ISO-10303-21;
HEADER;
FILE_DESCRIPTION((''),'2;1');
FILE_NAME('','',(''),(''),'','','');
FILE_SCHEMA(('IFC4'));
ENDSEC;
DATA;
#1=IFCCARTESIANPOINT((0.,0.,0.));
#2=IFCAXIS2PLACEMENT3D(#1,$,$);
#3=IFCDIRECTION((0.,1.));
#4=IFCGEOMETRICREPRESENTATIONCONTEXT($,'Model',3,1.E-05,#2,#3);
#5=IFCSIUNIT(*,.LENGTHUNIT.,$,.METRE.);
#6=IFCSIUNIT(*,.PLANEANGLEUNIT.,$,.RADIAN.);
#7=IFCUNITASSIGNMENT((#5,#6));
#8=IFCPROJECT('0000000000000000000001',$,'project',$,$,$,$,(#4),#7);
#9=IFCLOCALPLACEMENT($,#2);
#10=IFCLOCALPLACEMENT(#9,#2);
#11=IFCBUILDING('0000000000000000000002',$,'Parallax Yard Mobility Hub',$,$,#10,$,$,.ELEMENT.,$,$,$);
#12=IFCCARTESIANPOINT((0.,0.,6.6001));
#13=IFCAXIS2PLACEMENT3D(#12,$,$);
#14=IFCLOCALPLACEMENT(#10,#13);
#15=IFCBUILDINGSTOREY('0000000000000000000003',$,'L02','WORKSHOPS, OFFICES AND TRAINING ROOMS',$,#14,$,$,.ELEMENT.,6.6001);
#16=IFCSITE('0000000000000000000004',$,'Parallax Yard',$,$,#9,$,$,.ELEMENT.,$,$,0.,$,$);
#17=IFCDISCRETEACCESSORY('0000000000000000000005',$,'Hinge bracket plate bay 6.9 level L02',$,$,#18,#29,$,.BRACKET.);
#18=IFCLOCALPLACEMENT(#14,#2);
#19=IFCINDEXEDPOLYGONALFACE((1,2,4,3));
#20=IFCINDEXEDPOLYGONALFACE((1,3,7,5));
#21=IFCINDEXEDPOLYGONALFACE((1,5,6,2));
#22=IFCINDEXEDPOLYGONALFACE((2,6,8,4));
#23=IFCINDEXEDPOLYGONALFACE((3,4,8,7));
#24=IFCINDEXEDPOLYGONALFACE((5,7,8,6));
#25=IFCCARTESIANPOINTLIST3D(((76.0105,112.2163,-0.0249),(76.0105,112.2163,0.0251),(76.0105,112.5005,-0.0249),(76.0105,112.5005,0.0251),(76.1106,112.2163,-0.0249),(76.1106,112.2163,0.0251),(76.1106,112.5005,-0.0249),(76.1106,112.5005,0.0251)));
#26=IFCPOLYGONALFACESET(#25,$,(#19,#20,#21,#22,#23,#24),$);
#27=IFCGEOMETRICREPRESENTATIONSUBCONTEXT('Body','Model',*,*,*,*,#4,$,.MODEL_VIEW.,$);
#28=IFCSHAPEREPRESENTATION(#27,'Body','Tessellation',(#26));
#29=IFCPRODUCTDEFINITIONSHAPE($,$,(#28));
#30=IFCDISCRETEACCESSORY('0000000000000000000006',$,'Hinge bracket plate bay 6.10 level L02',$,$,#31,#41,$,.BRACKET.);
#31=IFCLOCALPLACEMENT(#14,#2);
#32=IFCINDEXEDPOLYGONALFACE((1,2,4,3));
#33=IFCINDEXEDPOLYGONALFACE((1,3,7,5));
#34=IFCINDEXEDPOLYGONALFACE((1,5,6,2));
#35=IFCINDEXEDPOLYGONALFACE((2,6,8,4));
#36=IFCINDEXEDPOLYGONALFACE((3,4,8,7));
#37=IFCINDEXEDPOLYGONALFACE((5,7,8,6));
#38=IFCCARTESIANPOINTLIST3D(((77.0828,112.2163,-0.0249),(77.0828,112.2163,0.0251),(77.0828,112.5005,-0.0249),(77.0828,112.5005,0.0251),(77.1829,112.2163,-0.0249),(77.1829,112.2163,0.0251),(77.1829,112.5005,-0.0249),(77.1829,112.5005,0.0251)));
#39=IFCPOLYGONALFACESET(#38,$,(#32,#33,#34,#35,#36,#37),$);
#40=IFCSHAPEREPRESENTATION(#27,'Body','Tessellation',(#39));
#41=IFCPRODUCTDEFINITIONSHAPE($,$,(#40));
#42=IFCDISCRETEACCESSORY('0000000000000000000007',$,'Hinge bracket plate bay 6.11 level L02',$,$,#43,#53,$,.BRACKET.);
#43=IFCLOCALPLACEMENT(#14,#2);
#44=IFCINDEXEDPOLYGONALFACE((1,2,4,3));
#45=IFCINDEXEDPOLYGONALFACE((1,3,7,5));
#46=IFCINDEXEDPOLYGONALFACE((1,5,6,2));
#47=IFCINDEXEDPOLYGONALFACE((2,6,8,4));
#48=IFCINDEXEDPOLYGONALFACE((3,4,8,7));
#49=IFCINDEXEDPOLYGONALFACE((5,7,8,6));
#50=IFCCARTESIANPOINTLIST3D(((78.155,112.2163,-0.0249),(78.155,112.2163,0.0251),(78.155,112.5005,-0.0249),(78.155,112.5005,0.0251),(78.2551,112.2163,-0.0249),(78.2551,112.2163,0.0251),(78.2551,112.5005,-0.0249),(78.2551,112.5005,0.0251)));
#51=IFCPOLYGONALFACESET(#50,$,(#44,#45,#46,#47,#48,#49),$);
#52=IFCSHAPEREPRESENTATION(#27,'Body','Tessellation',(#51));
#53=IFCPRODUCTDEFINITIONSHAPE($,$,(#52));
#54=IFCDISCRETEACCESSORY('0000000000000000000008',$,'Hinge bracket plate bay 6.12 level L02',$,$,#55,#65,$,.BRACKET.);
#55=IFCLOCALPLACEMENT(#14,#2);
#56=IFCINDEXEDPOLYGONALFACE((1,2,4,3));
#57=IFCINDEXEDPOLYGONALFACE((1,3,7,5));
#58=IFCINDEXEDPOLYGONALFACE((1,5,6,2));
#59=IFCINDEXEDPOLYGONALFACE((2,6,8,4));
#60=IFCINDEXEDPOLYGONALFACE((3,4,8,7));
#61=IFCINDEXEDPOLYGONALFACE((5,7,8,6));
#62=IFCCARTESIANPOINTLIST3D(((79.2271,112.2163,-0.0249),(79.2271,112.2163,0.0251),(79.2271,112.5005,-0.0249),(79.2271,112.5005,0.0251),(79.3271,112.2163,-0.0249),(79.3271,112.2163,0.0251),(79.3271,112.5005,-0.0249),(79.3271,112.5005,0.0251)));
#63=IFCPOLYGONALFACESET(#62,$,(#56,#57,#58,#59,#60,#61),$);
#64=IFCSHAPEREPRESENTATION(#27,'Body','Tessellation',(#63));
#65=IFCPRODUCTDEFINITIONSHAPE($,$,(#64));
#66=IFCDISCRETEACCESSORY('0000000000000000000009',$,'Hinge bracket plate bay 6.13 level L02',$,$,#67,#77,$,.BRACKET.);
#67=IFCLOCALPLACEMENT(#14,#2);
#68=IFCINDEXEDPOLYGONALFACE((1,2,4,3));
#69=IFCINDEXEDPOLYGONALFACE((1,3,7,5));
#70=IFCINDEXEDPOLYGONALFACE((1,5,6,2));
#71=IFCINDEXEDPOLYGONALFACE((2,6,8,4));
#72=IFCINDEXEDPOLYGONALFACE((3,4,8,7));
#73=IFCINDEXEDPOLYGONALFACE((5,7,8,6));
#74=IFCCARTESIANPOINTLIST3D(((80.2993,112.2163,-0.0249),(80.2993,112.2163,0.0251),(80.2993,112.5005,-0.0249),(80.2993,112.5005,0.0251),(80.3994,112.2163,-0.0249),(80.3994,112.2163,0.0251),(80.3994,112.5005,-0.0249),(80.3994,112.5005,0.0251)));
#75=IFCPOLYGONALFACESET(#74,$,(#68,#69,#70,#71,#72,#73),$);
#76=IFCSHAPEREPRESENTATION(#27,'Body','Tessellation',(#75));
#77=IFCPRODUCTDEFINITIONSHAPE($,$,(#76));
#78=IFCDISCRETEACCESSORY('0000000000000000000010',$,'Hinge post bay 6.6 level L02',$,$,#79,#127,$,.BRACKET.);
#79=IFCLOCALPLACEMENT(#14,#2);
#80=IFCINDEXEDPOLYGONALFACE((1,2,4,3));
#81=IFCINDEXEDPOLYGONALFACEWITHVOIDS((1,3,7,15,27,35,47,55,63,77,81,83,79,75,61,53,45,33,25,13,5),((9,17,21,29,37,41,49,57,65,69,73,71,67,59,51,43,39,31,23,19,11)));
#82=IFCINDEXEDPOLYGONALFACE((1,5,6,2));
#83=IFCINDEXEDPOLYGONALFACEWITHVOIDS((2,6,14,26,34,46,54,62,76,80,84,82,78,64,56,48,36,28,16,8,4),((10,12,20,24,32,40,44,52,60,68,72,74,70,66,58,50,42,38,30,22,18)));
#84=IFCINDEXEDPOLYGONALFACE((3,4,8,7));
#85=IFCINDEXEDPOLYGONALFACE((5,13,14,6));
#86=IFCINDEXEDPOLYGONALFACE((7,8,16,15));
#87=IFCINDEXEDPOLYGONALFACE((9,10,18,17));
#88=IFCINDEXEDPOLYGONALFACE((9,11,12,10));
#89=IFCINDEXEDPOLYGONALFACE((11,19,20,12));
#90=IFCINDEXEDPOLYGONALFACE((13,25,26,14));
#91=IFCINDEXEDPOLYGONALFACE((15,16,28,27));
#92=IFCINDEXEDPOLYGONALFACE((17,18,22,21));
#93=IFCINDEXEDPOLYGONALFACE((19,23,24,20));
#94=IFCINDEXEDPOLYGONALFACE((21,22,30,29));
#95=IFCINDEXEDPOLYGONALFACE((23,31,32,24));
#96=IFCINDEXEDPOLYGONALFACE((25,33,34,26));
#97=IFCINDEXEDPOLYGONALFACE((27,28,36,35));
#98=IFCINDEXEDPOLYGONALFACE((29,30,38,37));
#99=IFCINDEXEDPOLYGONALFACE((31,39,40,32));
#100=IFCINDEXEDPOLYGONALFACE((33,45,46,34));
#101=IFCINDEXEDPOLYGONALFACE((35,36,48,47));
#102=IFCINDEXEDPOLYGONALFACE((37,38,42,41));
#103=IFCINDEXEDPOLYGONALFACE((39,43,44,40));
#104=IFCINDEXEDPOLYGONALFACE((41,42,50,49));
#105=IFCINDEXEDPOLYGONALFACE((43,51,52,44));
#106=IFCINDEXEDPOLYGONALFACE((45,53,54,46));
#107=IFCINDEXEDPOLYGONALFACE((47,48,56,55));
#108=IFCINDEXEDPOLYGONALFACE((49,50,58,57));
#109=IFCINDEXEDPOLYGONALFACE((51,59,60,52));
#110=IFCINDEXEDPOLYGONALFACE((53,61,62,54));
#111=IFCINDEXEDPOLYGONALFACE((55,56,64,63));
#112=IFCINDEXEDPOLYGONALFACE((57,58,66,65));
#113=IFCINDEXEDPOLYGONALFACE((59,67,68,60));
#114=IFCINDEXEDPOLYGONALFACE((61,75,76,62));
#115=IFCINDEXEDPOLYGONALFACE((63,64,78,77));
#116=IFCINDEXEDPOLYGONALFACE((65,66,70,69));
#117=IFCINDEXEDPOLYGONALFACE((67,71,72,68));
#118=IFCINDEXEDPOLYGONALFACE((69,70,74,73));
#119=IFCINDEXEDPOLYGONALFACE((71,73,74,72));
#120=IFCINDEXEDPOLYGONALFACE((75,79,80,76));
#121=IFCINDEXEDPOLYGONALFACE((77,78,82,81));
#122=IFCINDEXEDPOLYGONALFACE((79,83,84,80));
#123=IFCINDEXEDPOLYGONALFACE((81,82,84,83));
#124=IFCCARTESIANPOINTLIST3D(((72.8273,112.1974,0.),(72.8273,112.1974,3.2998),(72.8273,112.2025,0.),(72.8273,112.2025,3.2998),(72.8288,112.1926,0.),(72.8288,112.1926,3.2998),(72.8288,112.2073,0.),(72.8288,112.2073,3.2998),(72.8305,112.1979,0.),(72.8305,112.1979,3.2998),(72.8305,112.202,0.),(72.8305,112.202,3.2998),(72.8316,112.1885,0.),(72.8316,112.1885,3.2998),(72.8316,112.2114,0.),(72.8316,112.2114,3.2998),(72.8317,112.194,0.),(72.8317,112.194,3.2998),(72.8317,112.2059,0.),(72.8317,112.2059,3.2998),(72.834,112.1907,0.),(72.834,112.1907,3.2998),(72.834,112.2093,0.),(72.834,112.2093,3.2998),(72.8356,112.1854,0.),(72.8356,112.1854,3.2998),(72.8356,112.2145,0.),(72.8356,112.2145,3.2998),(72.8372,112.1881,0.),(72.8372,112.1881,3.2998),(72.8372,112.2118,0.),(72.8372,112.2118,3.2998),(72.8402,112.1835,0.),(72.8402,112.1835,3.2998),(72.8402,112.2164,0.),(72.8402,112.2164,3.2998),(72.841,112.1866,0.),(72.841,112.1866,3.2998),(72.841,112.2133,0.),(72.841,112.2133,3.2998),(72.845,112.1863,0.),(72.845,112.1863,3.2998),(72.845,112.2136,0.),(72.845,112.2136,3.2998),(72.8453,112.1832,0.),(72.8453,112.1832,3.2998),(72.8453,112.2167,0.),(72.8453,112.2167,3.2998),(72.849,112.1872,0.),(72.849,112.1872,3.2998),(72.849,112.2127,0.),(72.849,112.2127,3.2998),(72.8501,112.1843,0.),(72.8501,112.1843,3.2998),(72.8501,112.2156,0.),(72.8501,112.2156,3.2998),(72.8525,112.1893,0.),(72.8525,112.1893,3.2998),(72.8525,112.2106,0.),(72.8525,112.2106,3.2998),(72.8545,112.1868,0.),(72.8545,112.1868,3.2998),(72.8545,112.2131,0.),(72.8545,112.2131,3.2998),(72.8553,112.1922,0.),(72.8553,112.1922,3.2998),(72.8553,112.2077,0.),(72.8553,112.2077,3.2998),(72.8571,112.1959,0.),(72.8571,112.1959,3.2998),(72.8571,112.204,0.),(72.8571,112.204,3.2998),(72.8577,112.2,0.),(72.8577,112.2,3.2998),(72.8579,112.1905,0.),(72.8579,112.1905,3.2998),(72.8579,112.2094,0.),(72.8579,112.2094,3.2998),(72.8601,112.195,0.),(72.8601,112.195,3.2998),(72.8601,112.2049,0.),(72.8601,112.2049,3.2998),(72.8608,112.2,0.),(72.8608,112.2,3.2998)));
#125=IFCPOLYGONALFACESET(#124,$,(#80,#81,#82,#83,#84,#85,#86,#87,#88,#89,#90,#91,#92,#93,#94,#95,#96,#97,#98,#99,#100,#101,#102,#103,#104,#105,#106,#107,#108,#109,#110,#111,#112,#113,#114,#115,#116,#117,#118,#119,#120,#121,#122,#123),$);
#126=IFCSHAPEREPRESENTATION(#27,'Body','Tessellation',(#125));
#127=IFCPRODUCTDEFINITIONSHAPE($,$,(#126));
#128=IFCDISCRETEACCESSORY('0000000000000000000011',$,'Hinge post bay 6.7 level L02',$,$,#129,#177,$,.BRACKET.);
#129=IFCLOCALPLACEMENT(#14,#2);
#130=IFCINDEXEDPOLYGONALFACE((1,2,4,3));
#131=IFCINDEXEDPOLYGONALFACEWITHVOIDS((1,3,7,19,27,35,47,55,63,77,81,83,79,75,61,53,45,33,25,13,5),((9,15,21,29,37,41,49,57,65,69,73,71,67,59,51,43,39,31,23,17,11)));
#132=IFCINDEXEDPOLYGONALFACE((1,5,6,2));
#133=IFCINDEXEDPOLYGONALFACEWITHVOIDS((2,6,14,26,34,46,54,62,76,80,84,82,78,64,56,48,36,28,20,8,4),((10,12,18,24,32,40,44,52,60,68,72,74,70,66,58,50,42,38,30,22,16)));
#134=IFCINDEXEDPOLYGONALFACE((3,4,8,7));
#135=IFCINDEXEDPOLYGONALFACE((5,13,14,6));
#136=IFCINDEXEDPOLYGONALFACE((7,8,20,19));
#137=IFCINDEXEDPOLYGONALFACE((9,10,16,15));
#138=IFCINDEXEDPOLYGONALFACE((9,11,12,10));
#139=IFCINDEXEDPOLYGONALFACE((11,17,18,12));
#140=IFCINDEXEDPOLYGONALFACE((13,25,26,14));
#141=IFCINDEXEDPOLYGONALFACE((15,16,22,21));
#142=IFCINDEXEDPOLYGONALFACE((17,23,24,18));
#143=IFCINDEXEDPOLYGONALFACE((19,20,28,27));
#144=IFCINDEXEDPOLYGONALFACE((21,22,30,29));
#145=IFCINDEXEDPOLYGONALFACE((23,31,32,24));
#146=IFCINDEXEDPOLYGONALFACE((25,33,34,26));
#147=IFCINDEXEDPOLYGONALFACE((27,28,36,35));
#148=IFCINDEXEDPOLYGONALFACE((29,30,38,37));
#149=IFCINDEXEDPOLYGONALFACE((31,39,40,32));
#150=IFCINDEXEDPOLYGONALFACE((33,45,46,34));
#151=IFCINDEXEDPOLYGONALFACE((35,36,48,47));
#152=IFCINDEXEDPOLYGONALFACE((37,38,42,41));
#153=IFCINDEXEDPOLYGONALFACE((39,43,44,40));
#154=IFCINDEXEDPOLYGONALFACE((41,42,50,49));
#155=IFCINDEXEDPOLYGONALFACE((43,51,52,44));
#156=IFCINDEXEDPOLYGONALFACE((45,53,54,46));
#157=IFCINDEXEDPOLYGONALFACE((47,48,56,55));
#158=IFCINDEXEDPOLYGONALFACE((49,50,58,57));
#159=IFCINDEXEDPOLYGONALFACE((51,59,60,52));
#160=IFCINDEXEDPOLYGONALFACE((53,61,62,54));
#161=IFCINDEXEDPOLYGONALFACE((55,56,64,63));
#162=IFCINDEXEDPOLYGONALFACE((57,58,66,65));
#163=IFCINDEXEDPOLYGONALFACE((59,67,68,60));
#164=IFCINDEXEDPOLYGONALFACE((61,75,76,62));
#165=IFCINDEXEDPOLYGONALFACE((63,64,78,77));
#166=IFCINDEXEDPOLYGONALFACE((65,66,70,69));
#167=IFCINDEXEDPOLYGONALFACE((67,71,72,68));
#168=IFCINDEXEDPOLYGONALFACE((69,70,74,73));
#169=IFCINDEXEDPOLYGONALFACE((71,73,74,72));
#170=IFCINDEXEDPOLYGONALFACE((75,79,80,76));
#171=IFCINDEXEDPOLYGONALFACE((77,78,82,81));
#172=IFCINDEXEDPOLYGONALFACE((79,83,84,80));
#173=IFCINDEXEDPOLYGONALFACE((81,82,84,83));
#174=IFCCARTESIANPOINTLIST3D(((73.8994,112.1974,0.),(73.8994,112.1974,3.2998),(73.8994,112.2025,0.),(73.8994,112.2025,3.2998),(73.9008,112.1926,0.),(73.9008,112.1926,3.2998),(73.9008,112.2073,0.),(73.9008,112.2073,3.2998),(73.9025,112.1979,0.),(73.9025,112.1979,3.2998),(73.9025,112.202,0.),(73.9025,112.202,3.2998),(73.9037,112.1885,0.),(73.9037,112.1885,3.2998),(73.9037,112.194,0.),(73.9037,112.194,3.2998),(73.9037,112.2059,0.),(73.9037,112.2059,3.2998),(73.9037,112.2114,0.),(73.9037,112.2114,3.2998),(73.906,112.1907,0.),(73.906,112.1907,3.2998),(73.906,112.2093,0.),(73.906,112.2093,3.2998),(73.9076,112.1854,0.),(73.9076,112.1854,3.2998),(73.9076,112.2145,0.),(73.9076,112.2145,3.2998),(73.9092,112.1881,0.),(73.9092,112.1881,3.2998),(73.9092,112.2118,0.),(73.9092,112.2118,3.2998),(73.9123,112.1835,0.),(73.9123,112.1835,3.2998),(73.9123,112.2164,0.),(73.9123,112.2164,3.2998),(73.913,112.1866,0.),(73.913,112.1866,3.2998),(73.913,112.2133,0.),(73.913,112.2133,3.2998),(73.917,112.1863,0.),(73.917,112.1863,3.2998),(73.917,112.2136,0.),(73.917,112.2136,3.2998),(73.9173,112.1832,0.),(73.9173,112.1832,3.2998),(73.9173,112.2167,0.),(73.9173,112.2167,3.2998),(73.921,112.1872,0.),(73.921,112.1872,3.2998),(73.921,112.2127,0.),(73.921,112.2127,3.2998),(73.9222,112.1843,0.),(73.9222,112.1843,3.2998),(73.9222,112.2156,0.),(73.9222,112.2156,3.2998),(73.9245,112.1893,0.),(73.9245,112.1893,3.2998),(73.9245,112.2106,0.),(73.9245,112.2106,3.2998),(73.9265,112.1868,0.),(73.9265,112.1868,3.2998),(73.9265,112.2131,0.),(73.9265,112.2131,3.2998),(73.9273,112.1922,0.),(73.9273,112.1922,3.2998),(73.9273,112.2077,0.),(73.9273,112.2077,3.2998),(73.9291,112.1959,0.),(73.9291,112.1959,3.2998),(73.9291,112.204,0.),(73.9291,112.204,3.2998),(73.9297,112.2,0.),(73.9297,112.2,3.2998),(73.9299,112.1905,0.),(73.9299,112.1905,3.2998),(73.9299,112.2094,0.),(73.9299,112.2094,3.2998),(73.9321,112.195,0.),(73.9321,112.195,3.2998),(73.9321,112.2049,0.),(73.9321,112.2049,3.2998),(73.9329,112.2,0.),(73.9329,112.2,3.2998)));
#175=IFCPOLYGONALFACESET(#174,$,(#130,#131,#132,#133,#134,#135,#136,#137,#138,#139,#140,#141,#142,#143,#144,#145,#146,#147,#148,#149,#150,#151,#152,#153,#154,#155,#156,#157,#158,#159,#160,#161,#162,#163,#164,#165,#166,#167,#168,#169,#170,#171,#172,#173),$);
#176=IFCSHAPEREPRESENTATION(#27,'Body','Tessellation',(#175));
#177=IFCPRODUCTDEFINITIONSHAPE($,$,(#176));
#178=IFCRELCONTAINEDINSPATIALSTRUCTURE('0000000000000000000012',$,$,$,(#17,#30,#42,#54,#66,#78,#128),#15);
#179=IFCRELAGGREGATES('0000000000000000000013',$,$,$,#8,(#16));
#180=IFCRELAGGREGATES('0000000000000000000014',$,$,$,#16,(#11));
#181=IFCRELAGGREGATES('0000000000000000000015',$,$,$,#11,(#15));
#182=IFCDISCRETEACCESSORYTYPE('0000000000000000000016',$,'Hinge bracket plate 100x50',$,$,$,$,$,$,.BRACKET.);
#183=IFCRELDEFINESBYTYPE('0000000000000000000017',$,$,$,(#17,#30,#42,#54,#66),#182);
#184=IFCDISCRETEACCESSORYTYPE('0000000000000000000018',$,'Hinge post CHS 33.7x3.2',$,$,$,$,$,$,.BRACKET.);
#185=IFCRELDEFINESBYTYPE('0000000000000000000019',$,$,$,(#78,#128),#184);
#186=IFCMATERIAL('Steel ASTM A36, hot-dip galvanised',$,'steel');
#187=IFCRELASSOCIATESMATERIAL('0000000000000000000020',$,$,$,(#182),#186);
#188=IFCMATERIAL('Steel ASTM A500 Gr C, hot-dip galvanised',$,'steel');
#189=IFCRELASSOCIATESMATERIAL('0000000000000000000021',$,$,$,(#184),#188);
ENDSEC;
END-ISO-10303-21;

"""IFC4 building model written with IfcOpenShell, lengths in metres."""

from ifc_helpers import new_model, si_unit, direction, frame, origin, origin_2d, place, context, subcontext, project, spatial, rectangle, hollow_circle, extrude, material, material_profile, profile_set, type_object, element, save


model = new_model("IFC4")

# Units and contexts
model_context = context("Model", 3, precision=1e-05, world=origin(), true_north=direction((0.0, 1.0)))
body_context = subcontext(model_context, "Body", "Model", "MODEL_VIEW")
ifc_project = project(units=[si_unit("LENGTHUNIT", "METRE"), si_unit("PLANEANGLEUNIT", "RADIAN")], contexts=[model_context])

# Site, building, storey
site_placement = place(None, origin())
site = spatial("IfcSite", under=ifc_project, at=site_placement, Name="Parallax Yard", CompositionType="ELEMENT", RefElevation=0.0)
building_placement = place(site_placement, origin())
building = spatial("IfcBuilding", under=site, at=building_placement, Name="Parallax Yard Mobility Hub", CompositionType="ELEMENT")
storey_placement = place(building_placement, frame((0.0, 0.0, 6.6001)))
storey = spatial("IfcBuildingStorey", under=building, at=storey_placement, Name="L02", Description="WORKSHOPS, OFFICES AND TRAINING ROOMS", CompositionType="ELEMENT", Elevation=6.6001)

# Discrete accessories
ifc_material_1 = material(Name="Steel ASTM A36, hot-dip galvanised", Category="steel")
discrete_accessory_type_1 = type_object("IfcDiscreteAccessoryType", Name="Hinge bracket plate 100x50", PredefinedType="BRACKET", material=ifc_material_1)
for number, where, z_axis, x_axis, name in (
    (1, (76.0605, 112.3584, -0.0249), (0.0, 0.0, 1.0), (0.0, -1.0, 0.0), "Hinge bracket plate bay 6.9 level L02"),
    (2, (77.1328, 112.3584, -0.0249), (0.0, 0.0, 1.0), (0.0, -1.0, 0.0), "Hinge bracket plate bay 6.10 level L02"),
    (3, (78.2051, 112.3584, -0.0249), (0.0, 0.0, 1.0), (0.0, -1.0, 0.0), "Hinge bracket plate bay 6.11 level L02"),
    (4, (79.2771, 112.3584, -0.0249), (0.0, 0.0, 1.0), (0.0, -1.0, 0.0), "Hinge bracket plate bay 6.12 level L02"),
    (5, (80.3494, 112.3584, -0.0249), (0.0, 0.0, 1.0), (0.0, -1.0, 0.0), "Hinge bracket plate bay 6.13 level L02"),
):
    element("IfcDiscreteAccessory", number, at=place(storey_placement, frame(where, z_axis=z_axis, x_axis=x_axis)), inside=storey, type_object=discrete_accessory_type_1, Name=name, PredefinedType="BRACKET", context=body_context, shape_type="SweptSolid", body=[
        extrude(rectangle(XDim=0.2842, YDim=0.1001, at=origin_2d()), origin(), (0.0, 0.0, 1.0), 0.05),
    ])
ifc_material_2 = material(Name="Steel ASTM A500 Gr C, hot-dip galvanised", Category="steel")
ifc_material_profile = material_profile(ifc_material_2, hollow_circle(Radius=0.0168, WallThickness=0.0032, at=origin_2d()), Name="CHS 33.7x3.2")
ifc_profile_set = profile_set([ifc_material_profile], Name="Steel ASTM A500 Gr C, hot-dip galvanised")
discrete_accessory_type_2 = type_object("IfcDiscreteAccessoryType", Name="Hinge post CHS 33.7x3.2", PredefinedType="BRACKET", material=ifc_profile_set)
for number, where, z_axis, x_axis, name in (
    (6, (72.844, 112.2, 0.0), (0.0, 0.0, 1.0), (1.0, 0.0, 0.0), "Hinge post bay 6.6 level L02"),
    (7, (73.916, 112.2, 0.0), (0.0, 0.0, 1.0), (1.0, 0.0, 0.0), "Hinge post bay 6.7 level L02"),
):
    element("IfcDiscreteAccessory", number, at=place(storey_placement, frame(where, z_axis=z_axis, x_axis=x_axis)), inside=storey, type_object=discrete_accessory_type_2, Name=name, PredefinedType="BRACKET", context=body_context, shape_type="SweptSolid", body=[
        extrude(hollow_circle(Radius=0.0168, WallThickness=0.0032, at=origin_2d()), origin(), (0.0, 0.0, 1.0), 3.2998),
    ])

save(model, "model.ifc")
